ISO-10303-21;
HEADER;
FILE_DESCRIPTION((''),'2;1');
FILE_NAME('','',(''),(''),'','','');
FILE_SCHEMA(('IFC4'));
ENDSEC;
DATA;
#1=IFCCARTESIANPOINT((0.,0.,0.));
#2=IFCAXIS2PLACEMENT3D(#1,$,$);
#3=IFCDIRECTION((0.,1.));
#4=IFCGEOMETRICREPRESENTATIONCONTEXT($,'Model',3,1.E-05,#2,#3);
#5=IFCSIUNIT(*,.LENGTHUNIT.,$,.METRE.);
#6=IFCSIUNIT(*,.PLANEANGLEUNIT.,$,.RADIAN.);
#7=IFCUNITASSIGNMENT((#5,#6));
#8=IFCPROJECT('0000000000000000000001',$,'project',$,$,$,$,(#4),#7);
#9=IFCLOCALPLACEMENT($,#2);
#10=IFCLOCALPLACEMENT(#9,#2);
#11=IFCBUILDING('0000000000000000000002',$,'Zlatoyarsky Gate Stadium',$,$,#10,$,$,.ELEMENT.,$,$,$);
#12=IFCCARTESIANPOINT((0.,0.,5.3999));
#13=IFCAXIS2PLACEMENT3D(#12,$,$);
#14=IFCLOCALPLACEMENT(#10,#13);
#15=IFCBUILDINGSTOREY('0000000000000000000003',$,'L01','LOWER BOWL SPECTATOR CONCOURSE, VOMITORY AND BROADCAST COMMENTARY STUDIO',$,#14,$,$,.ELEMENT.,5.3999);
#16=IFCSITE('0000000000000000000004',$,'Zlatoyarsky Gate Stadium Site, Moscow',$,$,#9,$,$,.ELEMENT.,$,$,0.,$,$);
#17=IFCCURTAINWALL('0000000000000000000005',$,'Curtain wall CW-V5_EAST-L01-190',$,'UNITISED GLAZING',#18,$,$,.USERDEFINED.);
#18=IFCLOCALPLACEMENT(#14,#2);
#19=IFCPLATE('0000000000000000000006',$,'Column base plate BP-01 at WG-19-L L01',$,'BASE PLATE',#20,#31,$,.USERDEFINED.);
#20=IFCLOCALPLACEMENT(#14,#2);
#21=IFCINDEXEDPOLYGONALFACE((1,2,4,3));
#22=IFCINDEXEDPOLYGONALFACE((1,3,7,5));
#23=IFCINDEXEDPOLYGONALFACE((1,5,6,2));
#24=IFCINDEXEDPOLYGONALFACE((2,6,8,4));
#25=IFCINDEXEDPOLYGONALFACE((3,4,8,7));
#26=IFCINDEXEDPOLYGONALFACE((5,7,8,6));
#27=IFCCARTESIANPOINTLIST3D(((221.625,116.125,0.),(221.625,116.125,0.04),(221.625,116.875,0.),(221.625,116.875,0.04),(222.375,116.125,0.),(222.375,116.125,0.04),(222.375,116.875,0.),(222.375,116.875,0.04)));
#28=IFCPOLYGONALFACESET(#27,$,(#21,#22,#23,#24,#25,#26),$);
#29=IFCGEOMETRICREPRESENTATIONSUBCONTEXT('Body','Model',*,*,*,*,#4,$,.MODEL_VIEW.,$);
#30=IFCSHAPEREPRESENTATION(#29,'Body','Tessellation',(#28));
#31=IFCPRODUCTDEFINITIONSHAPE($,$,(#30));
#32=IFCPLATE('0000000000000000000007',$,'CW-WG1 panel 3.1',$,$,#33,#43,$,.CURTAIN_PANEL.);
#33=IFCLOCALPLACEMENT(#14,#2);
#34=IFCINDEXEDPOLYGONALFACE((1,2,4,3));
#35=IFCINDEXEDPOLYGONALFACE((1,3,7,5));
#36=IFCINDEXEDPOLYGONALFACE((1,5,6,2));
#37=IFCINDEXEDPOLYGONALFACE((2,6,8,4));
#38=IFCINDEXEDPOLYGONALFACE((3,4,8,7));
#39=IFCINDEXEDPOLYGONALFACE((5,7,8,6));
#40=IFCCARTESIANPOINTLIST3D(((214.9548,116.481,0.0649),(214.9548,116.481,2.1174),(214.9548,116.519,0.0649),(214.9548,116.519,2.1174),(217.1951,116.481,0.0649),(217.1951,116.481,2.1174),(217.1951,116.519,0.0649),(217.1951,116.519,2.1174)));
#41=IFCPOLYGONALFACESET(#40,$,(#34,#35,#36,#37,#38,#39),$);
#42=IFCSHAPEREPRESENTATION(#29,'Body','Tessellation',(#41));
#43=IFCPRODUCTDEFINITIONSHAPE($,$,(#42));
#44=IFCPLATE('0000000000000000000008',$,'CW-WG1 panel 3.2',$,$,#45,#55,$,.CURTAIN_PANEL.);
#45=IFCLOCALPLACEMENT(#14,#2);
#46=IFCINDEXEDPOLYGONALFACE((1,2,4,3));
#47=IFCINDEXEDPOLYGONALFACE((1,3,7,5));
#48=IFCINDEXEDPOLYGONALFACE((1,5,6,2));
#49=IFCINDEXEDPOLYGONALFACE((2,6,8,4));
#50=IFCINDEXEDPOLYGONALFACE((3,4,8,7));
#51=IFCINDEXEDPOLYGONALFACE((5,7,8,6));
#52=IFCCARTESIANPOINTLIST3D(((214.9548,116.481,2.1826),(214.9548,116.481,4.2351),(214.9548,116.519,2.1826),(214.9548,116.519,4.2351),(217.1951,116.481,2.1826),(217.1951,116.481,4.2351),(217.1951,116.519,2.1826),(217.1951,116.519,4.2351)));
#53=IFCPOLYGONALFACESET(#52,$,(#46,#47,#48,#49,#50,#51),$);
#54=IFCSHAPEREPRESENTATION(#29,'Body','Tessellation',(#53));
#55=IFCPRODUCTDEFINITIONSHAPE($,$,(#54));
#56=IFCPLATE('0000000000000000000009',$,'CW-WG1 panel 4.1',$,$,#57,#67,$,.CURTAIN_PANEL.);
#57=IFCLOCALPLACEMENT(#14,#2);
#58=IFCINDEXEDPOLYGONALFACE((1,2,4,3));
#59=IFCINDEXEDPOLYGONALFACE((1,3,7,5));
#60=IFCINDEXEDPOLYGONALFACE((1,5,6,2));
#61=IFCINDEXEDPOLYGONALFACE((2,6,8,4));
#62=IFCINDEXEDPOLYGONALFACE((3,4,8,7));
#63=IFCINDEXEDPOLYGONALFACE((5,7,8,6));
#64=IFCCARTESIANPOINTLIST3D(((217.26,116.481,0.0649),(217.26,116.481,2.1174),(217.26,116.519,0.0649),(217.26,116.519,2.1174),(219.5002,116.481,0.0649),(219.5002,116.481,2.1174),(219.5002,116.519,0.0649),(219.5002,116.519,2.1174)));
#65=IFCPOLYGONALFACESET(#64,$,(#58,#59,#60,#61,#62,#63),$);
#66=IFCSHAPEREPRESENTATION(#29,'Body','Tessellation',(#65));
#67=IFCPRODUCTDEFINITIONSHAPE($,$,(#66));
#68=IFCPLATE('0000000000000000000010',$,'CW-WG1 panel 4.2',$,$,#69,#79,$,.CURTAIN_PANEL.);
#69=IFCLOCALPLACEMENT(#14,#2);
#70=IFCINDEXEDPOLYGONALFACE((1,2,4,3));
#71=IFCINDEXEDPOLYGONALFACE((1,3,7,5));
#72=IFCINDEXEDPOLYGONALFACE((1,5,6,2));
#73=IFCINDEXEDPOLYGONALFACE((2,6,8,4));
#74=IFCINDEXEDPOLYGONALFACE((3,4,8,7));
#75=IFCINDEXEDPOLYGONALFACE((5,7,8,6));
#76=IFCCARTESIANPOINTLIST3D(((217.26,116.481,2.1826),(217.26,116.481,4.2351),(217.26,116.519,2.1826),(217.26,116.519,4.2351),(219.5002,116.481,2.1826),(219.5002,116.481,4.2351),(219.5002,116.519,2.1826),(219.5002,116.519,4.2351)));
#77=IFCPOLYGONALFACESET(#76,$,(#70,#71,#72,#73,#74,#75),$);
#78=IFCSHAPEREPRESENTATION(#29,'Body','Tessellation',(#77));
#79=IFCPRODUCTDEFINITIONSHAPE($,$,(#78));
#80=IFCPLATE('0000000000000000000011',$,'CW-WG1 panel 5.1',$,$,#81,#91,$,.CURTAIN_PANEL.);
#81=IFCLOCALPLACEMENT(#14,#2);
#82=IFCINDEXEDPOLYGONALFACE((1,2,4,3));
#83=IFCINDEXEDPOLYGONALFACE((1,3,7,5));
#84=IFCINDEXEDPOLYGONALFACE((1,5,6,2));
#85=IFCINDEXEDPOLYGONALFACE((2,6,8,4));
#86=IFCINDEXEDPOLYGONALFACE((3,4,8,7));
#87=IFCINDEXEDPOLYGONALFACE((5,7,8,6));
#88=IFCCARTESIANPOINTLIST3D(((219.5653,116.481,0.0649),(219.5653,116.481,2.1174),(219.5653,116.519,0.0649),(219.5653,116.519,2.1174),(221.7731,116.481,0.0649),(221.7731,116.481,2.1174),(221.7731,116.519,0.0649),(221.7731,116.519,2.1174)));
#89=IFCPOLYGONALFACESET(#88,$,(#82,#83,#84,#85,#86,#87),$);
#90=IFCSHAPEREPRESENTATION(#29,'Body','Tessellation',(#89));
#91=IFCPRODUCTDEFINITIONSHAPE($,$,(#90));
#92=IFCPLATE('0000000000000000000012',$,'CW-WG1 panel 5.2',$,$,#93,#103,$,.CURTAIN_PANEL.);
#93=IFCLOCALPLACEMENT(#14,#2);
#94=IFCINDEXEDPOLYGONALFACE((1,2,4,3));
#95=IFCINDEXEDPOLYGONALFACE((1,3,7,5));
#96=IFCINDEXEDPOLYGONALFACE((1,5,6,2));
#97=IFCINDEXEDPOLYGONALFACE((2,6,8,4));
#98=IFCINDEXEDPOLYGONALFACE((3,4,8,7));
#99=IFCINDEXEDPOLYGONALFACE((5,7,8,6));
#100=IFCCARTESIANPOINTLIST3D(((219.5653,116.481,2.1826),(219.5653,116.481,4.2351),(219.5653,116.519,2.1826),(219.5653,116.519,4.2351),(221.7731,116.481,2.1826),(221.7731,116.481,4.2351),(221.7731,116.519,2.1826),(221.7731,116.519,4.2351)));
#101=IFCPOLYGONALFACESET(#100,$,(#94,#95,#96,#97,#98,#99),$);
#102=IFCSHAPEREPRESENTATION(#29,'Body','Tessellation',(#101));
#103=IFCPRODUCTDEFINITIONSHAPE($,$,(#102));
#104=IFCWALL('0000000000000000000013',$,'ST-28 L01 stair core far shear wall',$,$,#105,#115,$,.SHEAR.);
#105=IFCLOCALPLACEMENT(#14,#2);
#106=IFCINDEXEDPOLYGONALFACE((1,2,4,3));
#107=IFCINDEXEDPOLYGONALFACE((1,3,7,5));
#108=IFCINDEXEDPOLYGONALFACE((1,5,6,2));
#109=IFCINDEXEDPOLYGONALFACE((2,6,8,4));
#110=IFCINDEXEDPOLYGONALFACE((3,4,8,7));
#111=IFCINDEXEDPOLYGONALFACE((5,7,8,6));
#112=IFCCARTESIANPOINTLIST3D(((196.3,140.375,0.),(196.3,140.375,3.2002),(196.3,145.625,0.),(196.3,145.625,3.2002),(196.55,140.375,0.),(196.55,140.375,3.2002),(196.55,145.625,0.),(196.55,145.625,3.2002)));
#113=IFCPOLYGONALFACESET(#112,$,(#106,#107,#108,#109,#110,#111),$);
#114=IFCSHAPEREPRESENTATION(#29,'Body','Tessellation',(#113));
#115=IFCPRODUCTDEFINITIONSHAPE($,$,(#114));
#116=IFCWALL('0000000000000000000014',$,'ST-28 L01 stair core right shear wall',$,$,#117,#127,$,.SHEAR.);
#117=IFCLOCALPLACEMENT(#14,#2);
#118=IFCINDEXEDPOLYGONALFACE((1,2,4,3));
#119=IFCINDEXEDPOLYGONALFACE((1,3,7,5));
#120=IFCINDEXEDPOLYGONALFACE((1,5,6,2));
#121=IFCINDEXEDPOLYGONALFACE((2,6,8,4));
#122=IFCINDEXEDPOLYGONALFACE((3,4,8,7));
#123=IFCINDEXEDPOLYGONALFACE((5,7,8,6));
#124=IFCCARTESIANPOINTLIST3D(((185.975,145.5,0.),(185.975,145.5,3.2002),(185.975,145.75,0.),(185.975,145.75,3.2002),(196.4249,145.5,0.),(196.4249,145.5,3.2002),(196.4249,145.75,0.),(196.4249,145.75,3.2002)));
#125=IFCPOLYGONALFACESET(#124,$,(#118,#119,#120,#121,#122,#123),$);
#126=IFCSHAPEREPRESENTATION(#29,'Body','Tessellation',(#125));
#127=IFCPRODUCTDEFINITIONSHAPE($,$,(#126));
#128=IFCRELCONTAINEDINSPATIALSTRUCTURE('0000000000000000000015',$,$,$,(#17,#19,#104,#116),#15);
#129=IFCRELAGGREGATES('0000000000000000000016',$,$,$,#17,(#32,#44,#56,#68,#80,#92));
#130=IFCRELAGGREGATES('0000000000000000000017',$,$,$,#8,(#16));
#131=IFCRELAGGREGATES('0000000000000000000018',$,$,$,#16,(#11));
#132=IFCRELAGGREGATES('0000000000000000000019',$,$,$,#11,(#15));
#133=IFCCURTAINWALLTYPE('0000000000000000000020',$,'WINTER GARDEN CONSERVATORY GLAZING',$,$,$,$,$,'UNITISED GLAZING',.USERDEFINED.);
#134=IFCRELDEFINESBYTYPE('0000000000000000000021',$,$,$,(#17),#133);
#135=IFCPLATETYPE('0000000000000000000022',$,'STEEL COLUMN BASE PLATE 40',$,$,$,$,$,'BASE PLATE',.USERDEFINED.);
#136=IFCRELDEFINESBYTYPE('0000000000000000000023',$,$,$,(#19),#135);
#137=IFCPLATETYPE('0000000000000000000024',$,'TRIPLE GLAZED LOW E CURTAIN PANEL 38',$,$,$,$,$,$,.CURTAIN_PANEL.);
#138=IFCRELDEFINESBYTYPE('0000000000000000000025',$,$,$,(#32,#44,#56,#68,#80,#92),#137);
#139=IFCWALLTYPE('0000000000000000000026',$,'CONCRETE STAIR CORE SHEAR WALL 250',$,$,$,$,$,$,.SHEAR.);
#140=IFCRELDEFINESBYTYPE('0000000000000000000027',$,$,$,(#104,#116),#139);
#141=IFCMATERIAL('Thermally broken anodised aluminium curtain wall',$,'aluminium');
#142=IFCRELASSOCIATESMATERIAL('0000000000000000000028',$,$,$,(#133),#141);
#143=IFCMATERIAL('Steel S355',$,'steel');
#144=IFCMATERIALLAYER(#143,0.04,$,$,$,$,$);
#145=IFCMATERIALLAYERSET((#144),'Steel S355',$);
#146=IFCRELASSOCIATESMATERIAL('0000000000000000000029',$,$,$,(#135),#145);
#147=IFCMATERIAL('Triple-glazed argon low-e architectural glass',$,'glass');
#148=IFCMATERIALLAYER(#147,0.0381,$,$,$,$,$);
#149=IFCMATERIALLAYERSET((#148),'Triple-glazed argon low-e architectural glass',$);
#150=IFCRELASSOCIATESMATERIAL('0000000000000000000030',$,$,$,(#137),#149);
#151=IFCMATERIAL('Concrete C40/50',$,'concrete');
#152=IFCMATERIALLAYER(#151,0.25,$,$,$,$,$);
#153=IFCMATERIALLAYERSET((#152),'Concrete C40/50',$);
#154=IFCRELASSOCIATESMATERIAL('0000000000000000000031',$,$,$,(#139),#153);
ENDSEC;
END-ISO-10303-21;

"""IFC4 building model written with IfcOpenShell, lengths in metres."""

from ifc_helpers import new_model, si_unit, direction, frame, frame_2d, origin, origin_2d, place, context, subcontext, project, spatial, rectangle, extrude, material, layer, layer_set, type_object, element, aggregate, save


model = new_model("IFC4")

# Units and contexts
model_context = context("Model", 3, precision=1e-05, world=origin(), true_north=direction((0.0, 1.0)))
body_context = subcontext(model_context, "Body", "Model", "MODEL_VIEW")
ifc_project = project(units=[si_unit("LENGTHUNIT", "METRE"), si_unit("PLANEANGLEUNIT", "RADIAN")], contexts=[model_context])

# Site, building, storey
site_placement = place(None, origin())
site = spatial("IfcSite", under=ifc_project, at=site_placement, Name="Zlatoyarsky Gate Stadium Site, Moscow", CompositionType="ELEMENT", RefElevation=0.0)
building_placement = place(site_placement, origin())
building = spatial("IfcBuilding", under=site, at=building_placement, Name="Zlatoyarsky Gate Stadium", CompositionType="ELEMENT")
storey_placement = place(building_placement, frame((0.0, 0.0, 5.3999)))
storey = spatial("IfcBuildingStorey", under=building, at=storey_placement, Name="L01", Description="LOWER BOWL SPECTATOR CONCOURSE, VOMITORY AND BROADCAST COMMENTARY STUDIO", CompositionType="ELEMENT", Elevation=5.3999)

# Shared definitions
ifc_material_1 = material(Name="Steel S355", Category="steel")

# Curtain wall
ifc_material_2 = material(Name="Thermally broken anodised aluminium curtain wall", Category="aluminium")
curtain_wall_type = type_object("IfcCurtainWallType", Name="WINTER GARDEN CONSERVATORY GLAZING", ElementType="UNITISED GLAZING", PredefinedType="USERDEFINED", material=ifc_material_2)
curtain_wall_placement = place(storey_placement, origin())
curtain_wall = element("IfcCurtainWall", 1, at=curtain_wall_placement, inside=storey, type_object=curtain_wall_type, Name="Curtain wall CW-V5_EAST-L01-190", ObjectType="UNITISED GLAZING", PredefinedType="USERDEFINED")

# Plate
ifc_layer_1 = layer(ifc_material_1, 0.04)
ifc_layer_set_1 = layer_set([ifc_layer_1], Name="Steel S355")
plate_type_1 = type_object("IfcPlateType", Name="STEEL COLUMN BASE PLATE 40", ElementType="BASE PLATE", PredefinedType="USERDEFINED", material=ifc_layer_set_1)
for number, where, z_axis, x_axis, name in (
    (2, (222.0, 116.5, 0.0), (0.0, 0.0, 1.0), (1.0, 0.0, 0.0), "Column base plate BP-01 at WG-19-L L01"),
):
    element("IfcPlate", number, at=place(storey_placement, frame(where, z_axis=z_axis, x_axis=x_axis)), inside=storey, type_object=plate_type_1, Name=name, ObjectType="BASE PLATE", PredefinedType="USERDEFINED", context=body_context, shape_type="SweptSolid", body=[
        extrude(rectangle(XDim=0.75, YDim=0.75, at=origin_2d()), origin(), (0.0, 0.0, 1.0), 0.04),
    ])

# Plates
ifc_material_3 = material(Name="Triple-glazed argon low-e architectural glass", Category="glass")
ifc_layer_2 = layer(ifc_material_3, 0.0381)
ifc_layer_set_2 = layer_set([ifc_layer_2], Name="Triple-glazed argon low-e architectural glass")
plate_type_2 = type_object("IfcPlateType", Name="TRIPLE GLAZED LOW E CURTAIN PANEL 38", PredefinedType="CURTAIN_PANEL", material=ifc_layer_set_2)
plate_1_placement = place(storey_placement, frame((216.075, 116.5, 0.0649), z_axis=(0.0, 0.0, 1.0), x_axis=(1.0, 0.0, 0.0)))
plate_1 = element("IfcPlate", 3, at=plate_1_placement, type_object=plate_type_2, Name="CW-WG1 panel 3.1", PredefinedType="CURTAIN_PANEL", context=body_context, shape_type="SweptSolid", body=[
    extrude(rectangle(XDim=2.2402, YDim=0.0381, at=origin_2d()), origin(), (0.0, 0.0, 1.0), 2.0525),
])
plate_2_placement = place(storey_placement, frame((216.075, 116.5, 2.1826), z_axis=(0.0, 0.0, 1.0), x_axis=(1.0, 0.0, 0.0)))
plate_2 = element("IfcPlate", 4, at=plate_2_placement, type_object=plate_type_2, Name="CW-WG1 panel 3.2", PredefinedType="CURTAIN_PANEL", context=body_context, shape_type="SweptSolid", body=[
    extrude(rectangle(XDim=2.2402, YDim=0.0381, at=origin_2d()), origin(), (0.0, 0.0, 1.0), 2.0525),
])
plate_3_placement = place(storey_placement, frame((218.3801, 116.5, 0.0649), z_axis=(0.0, 0.0, 1.0), x_axis=(1.0, 0.0, 0.0)))
plate_3 = element("IfcPlate", 5, at=plate_3_placement, type_object=plate_type_2, Name="CW-WG1 panel 4.1", PredefinedType="CURTAIN_PANEL", context=body_context, shape_type="SweptSolid", body=[
    extrude(rectangle(XDim=2.2402, YDim=0.0381, at=origin_2d()), origin(), (0.0, 0.0, 1.0), 2.0525),
])
plate_4_placement = place(storey_placement, frame((218.3801, 116.5, 2.1826), z_axis=(0.0, 0.0, 1.0), x_axis=(1.0, 0.0, 0.0)))
plate_4 = element("IfcPlate", 6, at=plate_4_placement, type_object=plate_type_2, Name="CW-WG1 panel 4.2", PredefinedType="CURTAIN_PANEL", context=body_context, shape_type="SweptSolid", body=[
    extrude(rectangle(XDim=2.2402, YDim=0.0381, at=origin_2d()), origin(), (0.0, 0.0, 1.0), 2.0525),
])
plate_5_placement = place(storey_placement, frame((220.6692, 116.5, 0.0649), z_axis=(0.0, 0.0, 1.0), x_axis=(1.0, 0.0, 0.0)))
plate_5 = element("IfcPlate", 7, at=plate_5_placement, type_object=plate_type_2, Name="CW-WG1 panel 5.1", PredefinedType="CURTAIN_PANEL", context=body_context, shape_type="SweptSolid", body=[
    extrude(rectangle(XDim=2.2078, YDim=0.0381, at=origin_2d()), origin(), (0.0, 0.0, 1.0), 2.0525),
])
plate_6_placement = place(storey_placement, frame((220.6692, 116.5, 2.1826), z_axis=(0.0, 0.0, 1.0), x_axis=(1.0, 0.0, 0.0)))
plate_6 = element("IfcPlate", 8, at=plate_6_placement, type_object=plate_type_2, Name="CW-WG1 panel 5.2", PredefinedType="CURTAIN_PANEL", context=body_context, shape_type="SweptSolid", body=[
    extrude(rectangle(XDim=2.2078, YDim=0.0381, at=origin_2d()), origin(), (0.0, 0.0, 1.0), 2.0525),
])
aggregate(curtain_wall, [plate_1, plate_2, plate_3, plate_4, plate_5, plate_6])

# Walls
ifc_material_4 = material(Name="Concrete C40/50", Category="concrete")
ifc_layer_3 = layer(ifc_material_4, 0.25)
ifc_layer_set_3 = layer_set([ifc_layer_3], Name="Concrete C40/50")
wall_type = type_object("IfcWallType", Name="CONCRETE STAIR CORE SHEAR WALL 250", PredefinedType="SHEAR", material=ifc_layer_set_3)
wall_1_placement = place(storey_placement, frame((196.425, 140.375, 0.0), z_axis=(0.0, 0.0, 1.0), x_axis=(0.0, 1.0, 0.0)))
element("IfcWall", 9, at=wall_1_placement, inside=storey, type_object=wall_type, Name="ST-28 L01 stair core far shear wall", PredefinedType="SHEAR", context=body_context, shape_type="SweptSolid", body=[
    extrude(rectangle(XDim=5.25, YDim=0.25, at=frame_2d((2.625, 0.0))), origin(), (0.0, 0.0, 1.0), 3.2002),
])
wall_2_placement = place(storey_placement, frame((196.425, 145.625, 0.0), z_axis=(0.0, 0.0, 1.0), x_axis=(-1.0, 0.0, 0.0)))
element("IfcWall", 10, at=wall_2_placement, inside=storey, type_object=wall_type, Name="ST-28 L01 stair core right shear wall", PredefinedType="SHEAR", context=body_context, shape_type="SweptSolid", body=[
    extrude(rectangle(XDim=10.45, YDim=0.25, at=frame_2d((5.2251, 0.0))), origin(), (0.0, 0.0, 1.0), 3.2002),
])

save(model, "model.ifc")
